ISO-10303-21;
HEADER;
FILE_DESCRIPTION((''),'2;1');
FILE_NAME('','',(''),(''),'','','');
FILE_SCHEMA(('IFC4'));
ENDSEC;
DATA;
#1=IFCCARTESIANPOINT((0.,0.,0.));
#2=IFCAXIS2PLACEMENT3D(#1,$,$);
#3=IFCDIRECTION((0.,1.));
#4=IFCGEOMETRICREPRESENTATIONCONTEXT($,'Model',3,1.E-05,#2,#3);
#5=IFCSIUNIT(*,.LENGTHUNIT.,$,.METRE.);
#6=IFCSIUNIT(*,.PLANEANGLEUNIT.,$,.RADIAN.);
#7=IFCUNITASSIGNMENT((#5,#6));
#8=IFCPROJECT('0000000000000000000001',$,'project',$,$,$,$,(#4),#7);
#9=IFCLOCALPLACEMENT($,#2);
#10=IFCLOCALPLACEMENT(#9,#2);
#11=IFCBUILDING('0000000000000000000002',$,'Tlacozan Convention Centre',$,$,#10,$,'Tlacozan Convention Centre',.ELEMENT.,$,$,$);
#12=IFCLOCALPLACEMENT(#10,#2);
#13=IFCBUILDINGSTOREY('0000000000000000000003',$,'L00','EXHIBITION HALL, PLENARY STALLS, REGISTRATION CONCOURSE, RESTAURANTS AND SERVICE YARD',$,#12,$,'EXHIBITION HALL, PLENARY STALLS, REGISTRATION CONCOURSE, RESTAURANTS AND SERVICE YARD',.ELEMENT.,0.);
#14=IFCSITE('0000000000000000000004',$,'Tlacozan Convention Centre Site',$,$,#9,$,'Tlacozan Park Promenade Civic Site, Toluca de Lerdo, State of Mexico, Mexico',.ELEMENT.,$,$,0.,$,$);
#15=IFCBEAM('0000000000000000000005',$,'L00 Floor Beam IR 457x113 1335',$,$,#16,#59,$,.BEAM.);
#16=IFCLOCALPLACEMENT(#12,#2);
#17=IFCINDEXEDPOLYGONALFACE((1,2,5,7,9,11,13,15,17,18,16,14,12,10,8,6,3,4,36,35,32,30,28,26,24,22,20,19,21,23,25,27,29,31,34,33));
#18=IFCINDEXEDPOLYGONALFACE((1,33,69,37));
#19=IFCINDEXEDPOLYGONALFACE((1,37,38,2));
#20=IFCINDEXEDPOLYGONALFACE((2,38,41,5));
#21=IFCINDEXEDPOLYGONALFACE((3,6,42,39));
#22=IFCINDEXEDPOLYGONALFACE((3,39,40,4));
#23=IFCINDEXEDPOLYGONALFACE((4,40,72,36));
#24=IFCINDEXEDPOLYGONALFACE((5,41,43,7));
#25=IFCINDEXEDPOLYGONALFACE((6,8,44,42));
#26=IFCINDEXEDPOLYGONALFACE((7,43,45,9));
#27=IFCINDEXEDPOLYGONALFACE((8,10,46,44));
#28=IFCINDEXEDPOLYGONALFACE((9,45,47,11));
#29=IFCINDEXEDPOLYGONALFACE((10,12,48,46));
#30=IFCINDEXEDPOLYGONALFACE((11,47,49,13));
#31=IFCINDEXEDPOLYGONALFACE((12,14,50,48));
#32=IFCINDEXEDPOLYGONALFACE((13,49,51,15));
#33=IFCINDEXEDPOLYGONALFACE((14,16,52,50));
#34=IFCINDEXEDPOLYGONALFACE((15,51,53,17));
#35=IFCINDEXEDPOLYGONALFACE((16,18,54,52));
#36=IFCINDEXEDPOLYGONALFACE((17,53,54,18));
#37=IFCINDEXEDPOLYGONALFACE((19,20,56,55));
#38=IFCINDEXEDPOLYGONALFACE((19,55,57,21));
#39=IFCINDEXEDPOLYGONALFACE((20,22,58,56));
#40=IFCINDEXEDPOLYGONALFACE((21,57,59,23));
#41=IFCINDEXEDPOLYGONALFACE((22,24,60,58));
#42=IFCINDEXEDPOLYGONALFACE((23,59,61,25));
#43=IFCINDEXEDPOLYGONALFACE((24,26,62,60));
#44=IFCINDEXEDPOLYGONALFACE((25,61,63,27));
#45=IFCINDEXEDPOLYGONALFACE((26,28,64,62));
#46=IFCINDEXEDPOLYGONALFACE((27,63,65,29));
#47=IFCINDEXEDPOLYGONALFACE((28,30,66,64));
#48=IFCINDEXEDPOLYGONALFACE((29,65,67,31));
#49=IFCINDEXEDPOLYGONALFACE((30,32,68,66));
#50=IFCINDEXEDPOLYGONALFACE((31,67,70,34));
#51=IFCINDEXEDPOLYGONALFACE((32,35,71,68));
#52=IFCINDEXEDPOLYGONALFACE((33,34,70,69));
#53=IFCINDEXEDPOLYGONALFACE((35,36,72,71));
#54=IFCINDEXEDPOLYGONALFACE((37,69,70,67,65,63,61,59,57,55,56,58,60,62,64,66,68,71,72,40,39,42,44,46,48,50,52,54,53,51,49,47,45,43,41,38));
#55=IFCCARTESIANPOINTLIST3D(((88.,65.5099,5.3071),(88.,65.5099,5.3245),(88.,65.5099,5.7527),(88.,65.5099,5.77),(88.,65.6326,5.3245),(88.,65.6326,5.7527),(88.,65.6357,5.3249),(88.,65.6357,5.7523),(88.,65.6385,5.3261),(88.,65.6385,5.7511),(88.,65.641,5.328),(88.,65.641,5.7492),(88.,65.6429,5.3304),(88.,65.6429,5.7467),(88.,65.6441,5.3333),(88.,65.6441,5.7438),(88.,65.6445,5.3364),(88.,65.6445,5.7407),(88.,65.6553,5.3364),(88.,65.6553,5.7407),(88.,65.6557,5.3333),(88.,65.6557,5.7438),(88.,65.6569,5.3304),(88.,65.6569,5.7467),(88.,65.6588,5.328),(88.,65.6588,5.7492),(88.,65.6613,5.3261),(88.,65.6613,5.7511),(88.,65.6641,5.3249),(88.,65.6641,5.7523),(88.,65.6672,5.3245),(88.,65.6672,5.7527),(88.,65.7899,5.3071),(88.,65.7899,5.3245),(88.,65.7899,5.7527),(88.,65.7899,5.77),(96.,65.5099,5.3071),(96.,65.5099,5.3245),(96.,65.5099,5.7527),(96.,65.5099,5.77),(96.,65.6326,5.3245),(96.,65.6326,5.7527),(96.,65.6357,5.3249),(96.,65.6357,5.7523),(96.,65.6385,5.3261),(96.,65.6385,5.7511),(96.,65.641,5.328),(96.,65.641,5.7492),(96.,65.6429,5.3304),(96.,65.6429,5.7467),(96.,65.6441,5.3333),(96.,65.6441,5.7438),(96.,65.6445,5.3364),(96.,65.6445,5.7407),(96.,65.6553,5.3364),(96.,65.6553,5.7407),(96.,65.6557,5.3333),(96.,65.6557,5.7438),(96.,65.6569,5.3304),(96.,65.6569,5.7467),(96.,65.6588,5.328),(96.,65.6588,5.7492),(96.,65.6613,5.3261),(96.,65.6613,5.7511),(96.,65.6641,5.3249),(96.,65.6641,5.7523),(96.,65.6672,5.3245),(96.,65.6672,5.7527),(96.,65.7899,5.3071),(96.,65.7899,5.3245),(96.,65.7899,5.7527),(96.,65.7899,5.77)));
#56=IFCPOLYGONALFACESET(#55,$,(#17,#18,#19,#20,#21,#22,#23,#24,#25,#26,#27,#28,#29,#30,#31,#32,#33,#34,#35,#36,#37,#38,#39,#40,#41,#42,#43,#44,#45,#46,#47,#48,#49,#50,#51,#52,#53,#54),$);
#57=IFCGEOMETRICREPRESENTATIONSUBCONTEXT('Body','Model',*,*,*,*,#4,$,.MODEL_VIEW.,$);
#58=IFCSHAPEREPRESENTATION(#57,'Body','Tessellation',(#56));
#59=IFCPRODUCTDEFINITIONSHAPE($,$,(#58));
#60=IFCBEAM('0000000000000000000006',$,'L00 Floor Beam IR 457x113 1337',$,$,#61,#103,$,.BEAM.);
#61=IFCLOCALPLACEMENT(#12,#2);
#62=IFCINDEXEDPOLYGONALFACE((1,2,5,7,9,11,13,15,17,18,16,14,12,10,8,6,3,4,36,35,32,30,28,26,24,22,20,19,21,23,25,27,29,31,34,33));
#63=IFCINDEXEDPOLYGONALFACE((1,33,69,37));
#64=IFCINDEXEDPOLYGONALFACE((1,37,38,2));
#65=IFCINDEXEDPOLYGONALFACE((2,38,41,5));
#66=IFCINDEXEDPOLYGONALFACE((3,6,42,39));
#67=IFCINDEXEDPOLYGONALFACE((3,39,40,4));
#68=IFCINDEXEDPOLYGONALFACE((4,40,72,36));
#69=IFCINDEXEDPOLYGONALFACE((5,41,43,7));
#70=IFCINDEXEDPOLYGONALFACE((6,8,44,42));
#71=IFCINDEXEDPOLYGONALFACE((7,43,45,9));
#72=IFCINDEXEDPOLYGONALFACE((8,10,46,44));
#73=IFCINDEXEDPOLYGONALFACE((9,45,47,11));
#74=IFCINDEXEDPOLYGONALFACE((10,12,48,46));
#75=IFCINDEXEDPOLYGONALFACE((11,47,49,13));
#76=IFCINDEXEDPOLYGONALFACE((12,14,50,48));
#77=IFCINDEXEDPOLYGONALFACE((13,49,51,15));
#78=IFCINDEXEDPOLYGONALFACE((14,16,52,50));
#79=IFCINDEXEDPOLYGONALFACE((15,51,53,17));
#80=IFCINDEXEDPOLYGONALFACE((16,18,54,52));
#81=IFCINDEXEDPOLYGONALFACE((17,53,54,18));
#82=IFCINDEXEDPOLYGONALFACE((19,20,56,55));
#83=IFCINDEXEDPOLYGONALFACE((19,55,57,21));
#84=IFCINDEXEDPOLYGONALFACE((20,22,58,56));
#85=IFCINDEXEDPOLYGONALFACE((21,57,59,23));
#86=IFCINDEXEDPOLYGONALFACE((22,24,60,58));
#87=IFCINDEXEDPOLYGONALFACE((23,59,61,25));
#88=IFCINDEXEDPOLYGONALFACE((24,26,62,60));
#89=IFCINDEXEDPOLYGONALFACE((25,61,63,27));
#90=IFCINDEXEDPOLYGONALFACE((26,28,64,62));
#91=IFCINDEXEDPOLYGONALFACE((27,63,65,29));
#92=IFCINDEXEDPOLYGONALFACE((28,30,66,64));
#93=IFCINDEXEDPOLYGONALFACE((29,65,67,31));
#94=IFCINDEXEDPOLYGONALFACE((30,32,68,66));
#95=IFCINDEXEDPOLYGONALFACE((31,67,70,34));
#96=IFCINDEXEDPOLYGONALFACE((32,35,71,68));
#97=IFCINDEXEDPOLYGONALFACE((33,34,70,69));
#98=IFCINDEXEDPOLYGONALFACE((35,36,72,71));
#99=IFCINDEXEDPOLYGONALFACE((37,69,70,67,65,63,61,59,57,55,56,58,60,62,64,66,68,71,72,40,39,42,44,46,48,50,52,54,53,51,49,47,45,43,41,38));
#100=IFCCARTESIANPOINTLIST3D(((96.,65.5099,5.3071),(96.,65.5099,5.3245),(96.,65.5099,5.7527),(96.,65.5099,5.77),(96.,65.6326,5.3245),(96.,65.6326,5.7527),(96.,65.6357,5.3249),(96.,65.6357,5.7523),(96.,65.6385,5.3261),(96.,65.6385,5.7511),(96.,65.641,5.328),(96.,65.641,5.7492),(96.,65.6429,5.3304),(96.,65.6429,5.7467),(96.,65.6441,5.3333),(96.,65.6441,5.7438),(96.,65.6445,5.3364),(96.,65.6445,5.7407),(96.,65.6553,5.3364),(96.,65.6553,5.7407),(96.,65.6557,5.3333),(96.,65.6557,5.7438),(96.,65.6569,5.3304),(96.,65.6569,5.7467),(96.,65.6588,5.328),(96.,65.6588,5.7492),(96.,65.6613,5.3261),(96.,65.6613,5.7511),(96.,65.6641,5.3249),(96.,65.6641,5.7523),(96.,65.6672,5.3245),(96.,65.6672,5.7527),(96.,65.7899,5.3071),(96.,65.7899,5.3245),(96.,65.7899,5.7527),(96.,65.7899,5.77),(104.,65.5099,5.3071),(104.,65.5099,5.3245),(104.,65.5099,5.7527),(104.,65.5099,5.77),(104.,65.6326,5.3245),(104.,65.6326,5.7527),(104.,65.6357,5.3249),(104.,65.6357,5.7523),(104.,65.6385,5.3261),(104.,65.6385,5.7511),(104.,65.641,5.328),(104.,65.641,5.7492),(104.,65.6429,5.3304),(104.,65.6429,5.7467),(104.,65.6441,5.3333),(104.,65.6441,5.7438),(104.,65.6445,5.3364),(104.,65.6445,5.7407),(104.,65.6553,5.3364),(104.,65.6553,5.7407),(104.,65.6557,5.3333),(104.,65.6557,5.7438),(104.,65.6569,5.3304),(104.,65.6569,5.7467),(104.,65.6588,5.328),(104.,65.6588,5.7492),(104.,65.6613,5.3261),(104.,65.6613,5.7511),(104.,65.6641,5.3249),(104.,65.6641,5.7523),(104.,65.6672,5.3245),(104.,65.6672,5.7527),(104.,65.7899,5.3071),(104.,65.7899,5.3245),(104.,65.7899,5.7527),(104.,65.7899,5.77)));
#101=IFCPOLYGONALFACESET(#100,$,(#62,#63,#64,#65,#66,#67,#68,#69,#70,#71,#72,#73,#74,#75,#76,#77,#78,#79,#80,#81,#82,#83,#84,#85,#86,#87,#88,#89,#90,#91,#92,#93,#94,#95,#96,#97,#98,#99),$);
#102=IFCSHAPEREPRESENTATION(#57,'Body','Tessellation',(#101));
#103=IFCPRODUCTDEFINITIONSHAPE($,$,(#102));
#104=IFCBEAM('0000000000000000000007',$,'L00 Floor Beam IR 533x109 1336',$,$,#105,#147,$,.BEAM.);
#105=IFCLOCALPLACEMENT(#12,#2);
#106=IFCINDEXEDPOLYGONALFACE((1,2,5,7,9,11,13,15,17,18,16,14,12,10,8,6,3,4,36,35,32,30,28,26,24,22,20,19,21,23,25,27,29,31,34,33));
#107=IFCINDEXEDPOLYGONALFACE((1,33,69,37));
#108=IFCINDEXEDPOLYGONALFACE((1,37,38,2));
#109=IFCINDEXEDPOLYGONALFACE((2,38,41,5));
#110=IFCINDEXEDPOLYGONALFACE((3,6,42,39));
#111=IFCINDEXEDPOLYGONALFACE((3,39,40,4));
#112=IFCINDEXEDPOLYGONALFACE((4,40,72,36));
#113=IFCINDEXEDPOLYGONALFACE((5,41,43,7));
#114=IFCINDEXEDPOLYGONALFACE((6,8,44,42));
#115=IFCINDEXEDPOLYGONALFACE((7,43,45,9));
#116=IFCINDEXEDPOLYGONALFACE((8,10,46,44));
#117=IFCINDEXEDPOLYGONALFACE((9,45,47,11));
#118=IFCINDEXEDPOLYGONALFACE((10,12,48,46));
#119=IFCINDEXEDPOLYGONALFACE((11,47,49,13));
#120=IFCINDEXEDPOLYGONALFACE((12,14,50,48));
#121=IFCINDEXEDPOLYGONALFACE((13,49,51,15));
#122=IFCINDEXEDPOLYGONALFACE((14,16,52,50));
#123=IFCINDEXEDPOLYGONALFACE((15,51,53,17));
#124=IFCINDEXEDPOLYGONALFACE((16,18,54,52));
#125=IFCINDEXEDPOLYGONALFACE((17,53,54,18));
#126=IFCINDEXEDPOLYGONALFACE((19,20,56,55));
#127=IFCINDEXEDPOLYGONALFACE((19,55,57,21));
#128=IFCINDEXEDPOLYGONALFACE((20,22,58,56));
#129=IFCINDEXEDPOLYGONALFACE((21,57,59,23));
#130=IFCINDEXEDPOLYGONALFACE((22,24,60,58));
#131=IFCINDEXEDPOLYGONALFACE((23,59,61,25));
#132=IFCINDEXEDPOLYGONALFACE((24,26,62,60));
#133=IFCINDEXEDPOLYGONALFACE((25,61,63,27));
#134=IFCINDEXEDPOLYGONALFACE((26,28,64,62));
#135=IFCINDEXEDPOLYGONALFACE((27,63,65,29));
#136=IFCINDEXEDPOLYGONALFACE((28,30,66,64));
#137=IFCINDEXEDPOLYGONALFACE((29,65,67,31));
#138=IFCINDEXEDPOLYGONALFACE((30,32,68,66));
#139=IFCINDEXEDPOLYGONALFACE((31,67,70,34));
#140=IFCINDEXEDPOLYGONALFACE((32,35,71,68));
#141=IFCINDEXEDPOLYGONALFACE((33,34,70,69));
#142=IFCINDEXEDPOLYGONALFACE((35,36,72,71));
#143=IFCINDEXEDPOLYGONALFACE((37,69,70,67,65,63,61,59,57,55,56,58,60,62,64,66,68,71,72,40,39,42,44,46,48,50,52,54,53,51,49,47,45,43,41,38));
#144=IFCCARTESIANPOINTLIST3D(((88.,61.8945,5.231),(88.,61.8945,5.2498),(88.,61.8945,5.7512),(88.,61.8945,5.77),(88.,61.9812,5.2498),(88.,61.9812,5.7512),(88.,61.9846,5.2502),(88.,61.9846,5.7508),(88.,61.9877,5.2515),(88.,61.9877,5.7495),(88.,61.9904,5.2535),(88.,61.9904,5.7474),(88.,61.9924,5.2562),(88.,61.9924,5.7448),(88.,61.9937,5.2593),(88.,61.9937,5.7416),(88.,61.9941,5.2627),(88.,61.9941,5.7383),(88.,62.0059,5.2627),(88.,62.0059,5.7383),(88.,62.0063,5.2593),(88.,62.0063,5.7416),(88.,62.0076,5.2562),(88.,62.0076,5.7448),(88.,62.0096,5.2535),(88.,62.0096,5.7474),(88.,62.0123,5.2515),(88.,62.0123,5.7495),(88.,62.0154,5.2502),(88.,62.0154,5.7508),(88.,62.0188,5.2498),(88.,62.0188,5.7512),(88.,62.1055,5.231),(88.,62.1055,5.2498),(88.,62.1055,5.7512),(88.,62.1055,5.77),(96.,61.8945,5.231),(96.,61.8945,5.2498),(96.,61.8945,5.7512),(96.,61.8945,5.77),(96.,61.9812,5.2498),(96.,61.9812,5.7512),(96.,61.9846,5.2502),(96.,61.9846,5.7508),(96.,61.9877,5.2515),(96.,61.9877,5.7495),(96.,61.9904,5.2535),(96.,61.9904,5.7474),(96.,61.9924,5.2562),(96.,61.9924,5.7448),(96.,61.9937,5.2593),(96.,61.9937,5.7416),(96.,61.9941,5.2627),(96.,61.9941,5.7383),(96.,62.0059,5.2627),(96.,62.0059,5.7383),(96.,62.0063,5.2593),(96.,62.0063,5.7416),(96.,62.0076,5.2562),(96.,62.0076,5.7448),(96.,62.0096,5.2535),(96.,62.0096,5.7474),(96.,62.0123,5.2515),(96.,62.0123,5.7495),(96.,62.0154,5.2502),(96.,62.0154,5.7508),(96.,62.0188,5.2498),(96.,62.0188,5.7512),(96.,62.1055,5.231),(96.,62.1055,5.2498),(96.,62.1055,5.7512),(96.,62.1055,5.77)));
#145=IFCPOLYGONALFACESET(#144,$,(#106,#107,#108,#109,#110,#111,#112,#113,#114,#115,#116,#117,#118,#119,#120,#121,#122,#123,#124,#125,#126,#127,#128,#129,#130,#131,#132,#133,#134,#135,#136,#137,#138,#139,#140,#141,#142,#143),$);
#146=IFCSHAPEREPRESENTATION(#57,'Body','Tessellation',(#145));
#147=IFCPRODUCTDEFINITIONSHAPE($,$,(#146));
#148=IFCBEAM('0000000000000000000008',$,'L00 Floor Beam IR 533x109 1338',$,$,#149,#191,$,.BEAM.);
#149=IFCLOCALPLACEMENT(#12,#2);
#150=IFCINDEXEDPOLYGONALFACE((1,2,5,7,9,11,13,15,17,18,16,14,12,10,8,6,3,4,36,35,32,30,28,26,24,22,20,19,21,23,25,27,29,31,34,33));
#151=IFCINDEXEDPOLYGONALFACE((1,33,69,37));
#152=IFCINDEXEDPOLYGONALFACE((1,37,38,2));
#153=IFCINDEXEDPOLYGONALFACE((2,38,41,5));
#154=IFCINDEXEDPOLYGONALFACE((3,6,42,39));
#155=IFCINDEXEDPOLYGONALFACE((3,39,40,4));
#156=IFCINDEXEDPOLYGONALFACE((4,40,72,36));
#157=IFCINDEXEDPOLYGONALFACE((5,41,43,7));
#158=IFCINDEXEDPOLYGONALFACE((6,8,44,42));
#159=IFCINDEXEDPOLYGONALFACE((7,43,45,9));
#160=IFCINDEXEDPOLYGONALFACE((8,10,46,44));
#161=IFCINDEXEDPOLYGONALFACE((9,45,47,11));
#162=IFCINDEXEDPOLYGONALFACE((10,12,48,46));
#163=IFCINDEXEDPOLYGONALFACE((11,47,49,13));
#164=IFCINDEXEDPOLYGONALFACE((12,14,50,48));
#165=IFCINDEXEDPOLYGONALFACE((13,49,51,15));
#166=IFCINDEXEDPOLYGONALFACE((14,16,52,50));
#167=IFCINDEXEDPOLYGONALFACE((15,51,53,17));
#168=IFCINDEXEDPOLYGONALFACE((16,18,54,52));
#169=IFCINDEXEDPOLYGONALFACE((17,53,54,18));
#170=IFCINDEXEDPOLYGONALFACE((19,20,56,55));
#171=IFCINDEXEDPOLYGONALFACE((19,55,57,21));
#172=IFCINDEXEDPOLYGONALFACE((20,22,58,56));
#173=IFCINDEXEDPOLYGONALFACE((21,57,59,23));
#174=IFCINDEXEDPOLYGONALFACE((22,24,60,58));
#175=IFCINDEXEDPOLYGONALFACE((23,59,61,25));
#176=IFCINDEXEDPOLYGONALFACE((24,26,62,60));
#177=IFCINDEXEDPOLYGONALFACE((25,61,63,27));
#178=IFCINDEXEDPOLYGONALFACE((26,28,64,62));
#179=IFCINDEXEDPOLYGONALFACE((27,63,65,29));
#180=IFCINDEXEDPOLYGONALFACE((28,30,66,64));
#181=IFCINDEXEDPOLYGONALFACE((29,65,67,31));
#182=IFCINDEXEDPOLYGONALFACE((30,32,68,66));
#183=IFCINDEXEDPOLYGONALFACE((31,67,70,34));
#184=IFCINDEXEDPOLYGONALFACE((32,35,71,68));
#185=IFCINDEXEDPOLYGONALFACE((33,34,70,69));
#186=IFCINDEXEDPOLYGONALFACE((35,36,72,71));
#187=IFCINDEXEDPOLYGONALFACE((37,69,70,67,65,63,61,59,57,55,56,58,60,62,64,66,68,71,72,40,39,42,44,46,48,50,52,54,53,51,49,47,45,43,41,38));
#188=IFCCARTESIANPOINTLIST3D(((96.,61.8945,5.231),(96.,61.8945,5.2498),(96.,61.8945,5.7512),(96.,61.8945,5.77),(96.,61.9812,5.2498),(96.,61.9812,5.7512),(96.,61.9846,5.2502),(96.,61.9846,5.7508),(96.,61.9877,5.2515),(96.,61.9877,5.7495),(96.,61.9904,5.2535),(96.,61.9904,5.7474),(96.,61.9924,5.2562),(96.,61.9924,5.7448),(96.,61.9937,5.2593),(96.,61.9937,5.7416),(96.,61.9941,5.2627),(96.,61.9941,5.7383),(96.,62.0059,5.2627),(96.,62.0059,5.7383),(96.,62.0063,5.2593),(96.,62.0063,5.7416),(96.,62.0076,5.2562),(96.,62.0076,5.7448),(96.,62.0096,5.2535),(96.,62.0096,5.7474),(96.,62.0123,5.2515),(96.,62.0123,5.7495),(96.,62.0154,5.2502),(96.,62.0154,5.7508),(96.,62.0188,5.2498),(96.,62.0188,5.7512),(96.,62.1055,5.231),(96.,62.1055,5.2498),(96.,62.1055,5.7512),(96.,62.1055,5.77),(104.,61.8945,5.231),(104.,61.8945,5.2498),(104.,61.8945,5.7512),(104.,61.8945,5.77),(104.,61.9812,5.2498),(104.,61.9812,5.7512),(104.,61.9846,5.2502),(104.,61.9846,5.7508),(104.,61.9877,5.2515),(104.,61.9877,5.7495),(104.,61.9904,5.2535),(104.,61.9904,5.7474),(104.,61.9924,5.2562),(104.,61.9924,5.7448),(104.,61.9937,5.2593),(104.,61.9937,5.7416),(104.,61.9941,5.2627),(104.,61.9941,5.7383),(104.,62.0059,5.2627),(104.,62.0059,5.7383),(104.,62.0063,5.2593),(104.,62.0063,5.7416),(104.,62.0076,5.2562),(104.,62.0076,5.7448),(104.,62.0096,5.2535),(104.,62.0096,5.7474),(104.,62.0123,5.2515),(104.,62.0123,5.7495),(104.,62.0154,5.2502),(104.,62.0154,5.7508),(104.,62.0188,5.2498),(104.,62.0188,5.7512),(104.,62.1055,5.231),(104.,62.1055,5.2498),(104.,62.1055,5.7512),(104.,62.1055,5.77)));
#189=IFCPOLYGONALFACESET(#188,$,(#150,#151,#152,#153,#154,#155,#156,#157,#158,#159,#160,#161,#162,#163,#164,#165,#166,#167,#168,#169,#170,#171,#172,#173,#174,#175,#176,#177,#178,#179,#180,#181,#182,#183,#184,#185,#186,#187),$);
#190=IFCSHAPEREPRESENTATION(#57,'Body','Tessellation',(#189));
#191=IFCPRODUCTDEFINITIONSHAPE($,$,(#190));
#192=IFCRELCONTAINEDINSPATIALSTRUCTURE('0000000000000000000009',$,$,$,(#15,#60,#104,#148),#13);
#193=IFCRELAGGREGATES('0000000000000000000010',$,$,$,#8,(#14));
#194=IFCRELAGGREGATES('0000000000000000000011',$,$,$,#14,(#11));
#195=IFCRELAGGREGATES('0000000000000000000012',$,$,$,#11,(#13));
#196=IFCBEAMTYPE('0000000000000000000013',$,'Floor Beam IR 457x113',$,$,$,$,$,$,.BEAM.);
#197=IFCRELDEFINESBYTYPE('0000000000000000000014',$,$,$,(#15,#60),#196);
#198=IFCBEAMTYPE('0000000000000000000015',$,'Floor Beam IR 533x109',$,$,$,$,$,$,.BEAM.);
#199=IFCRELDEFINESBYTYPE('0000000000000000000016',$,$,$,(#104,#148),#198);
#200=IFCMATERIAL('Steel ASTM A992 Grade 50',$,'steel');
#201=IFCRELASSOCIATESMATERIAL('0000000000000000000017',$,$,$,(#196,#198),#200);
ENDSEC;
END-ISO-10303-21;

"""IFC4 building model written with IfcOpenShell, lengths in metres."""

from ifc_helpers import new_model, si_unit, direction, frame, origin, origin_2d, place, context, subcontext, project, spatial, i_section, extrude, material, material_profile, profile_set, type_object, element, save


model = new_model("IFC4")

# Units and contexts
model_context = context("Model", 3, precision=1e-05, world=origin(), true_north=direction((0.0, 1.0)))
body_context = subcontext(model_context, "Body", "Model", "MODEL_VIEW")
ifc_project = project(units=[si_unit("LENGTHUNIT", "METRE"), si_unit("PLANEANGLEUNIT", "RADIAN")], contexts=[model_context])

# Site, building, storey
site_placement = place(None, origin())
site = spatial("IfcSite", under=ifc_project, at=site_placement, Name="Tlacozan Convention Centre Site", LongName="Tlacozan Park Promenade Civic Site, Toluca de Lerdo, State of Mexico, Mexico", CompositionType="ELEMENT", RefElevation=0.0)
building_placement = place(site_placement, origin())
building = spatial("IfcBuilding", under=site, at=building_placement, Name="Tlacozan Convention Centre", LongName="Tlacozan Convention Centre", CompositionType="ELEMENT")
storey_placement = place(building_placement, origin())
storey = spatial("IfcBuildingStorey", under=building, at=storey_placement, Name="L00", Description="EXHIBITION HALL, PLENARY STALLS, REGISTRATION CONCOURSE, RESTAURANTS AND SERVICE YARD", LongName="EXHIBITION HALL, PLENARY STALLS, REGISTRATION CONCOURSE, RESTAURANTS AND SERVICE YARD", CompositionType="ELEMENT", Elevation=0.0)

# Beams
ifc_material_1 = material(Name="Steel ASTM A992 Grade 50", Category="steel")
ifc_material_profile_1 = material_profile(ifc_material_1, i_section(OverallWidth=0.28, OverallDepth=0.4629, WebThickness=0.0107, FlangeThickness=0.0173, FilletRadius=0.012, at=origin_2d()), Name="IR 457x113.0")
ifc_profile_set_1 = profile_set([ifc_material_profile_1], Name="Steel ASTM A992 Grade 50")
beam_type_1 = type_object("IfcBeamType", Name="Floor Beam IR 457x113", PredefinedType="BEAM", material=ifc_profile_set_1)
for number, where, z_axis, x_axis, name in (
    (1, (88.0, 65.6499, 5.5386), (1.0, 0.0, 0.0), (0.0, 1.0, 0.0), "L00 Floor Beam IR 457x113 1335"),
    (2, (96.0, 65.6499, 5.5386), (1.0, 0.0, 0.0), (0.0, 1.0, 0.0), "L00 Floor Beam IR 457x113 1337"),
):
    element("IfcBeam", number, at=place(storey_placement, frame(where, z_axis=z_axis, x_axis=x_axis)), inside=storey, type_object=beam_type_1, Name=name, PredefinedType="BEAM", context=body_context, shape_type="SweptSolid", body=[
        extrude(i_section(OverallWidth=0.28, OverallDepth=0.4629, WebThickness=0.0107, FlangeThickness=0.0173, FilletRadius=0.012, at=origin_2d()), origin(), (0.0, 0.0, 1.0), 8.0),
    ])
ifc_material_profile_2 = material_profile(ifc_material_1, i_section(OverallWidth=0.2109, OverallDepth=0.5391, WebThickness=0.0117, FlangeThickness=0.0188, FilletRadius=0.0129, at=origin_2d()), Name="IR 533x109.0")
ifc_profile_set_2 = profile_set([ifc_material_profile_2], Name="Steel ASTM A992 Grade 50")
beam_type_2 = type_object("IfcBeamType", Name="Floor Beam IR 533x109", PredefinedType="BEAM", material=ifc_profile_set_2)
for number, where, z_axis, x_axis, name in (
    (3, (88.0, 62.0, 5.5005), (1.0, 0.0, 0.0), (0.0, 1.0, 0.0), "L00 Floor Beam IR 533x109 1336"),
    (4, (96.0, 62.0, 5.5005), (1.0, 0.0, 0.0), (0.0, 1.0, 0.0), "L00 Floor Beam IR 533x109 1338"),
):
    element("IfcBeam", number, at=place(storey_placement, frame(where, z_axis=z_axis, x_axis=x_axis)), inside=storey, type_object=beam_type_2, Name=name, PredefinedType="BEAM", context=body_context, shape_type="SweptSolid", body=[
        extrude(i_section(OverallWidth=0.2109, OverallDepth=0.5391, WebThickness=0.0117, FlangeThickness=0.0188, FilletRadius=0.0129, at=origin_2d()), origin(), (0.0, 0.0, 1.0), 8.0),
    ])

save(model, "model.ifc")
